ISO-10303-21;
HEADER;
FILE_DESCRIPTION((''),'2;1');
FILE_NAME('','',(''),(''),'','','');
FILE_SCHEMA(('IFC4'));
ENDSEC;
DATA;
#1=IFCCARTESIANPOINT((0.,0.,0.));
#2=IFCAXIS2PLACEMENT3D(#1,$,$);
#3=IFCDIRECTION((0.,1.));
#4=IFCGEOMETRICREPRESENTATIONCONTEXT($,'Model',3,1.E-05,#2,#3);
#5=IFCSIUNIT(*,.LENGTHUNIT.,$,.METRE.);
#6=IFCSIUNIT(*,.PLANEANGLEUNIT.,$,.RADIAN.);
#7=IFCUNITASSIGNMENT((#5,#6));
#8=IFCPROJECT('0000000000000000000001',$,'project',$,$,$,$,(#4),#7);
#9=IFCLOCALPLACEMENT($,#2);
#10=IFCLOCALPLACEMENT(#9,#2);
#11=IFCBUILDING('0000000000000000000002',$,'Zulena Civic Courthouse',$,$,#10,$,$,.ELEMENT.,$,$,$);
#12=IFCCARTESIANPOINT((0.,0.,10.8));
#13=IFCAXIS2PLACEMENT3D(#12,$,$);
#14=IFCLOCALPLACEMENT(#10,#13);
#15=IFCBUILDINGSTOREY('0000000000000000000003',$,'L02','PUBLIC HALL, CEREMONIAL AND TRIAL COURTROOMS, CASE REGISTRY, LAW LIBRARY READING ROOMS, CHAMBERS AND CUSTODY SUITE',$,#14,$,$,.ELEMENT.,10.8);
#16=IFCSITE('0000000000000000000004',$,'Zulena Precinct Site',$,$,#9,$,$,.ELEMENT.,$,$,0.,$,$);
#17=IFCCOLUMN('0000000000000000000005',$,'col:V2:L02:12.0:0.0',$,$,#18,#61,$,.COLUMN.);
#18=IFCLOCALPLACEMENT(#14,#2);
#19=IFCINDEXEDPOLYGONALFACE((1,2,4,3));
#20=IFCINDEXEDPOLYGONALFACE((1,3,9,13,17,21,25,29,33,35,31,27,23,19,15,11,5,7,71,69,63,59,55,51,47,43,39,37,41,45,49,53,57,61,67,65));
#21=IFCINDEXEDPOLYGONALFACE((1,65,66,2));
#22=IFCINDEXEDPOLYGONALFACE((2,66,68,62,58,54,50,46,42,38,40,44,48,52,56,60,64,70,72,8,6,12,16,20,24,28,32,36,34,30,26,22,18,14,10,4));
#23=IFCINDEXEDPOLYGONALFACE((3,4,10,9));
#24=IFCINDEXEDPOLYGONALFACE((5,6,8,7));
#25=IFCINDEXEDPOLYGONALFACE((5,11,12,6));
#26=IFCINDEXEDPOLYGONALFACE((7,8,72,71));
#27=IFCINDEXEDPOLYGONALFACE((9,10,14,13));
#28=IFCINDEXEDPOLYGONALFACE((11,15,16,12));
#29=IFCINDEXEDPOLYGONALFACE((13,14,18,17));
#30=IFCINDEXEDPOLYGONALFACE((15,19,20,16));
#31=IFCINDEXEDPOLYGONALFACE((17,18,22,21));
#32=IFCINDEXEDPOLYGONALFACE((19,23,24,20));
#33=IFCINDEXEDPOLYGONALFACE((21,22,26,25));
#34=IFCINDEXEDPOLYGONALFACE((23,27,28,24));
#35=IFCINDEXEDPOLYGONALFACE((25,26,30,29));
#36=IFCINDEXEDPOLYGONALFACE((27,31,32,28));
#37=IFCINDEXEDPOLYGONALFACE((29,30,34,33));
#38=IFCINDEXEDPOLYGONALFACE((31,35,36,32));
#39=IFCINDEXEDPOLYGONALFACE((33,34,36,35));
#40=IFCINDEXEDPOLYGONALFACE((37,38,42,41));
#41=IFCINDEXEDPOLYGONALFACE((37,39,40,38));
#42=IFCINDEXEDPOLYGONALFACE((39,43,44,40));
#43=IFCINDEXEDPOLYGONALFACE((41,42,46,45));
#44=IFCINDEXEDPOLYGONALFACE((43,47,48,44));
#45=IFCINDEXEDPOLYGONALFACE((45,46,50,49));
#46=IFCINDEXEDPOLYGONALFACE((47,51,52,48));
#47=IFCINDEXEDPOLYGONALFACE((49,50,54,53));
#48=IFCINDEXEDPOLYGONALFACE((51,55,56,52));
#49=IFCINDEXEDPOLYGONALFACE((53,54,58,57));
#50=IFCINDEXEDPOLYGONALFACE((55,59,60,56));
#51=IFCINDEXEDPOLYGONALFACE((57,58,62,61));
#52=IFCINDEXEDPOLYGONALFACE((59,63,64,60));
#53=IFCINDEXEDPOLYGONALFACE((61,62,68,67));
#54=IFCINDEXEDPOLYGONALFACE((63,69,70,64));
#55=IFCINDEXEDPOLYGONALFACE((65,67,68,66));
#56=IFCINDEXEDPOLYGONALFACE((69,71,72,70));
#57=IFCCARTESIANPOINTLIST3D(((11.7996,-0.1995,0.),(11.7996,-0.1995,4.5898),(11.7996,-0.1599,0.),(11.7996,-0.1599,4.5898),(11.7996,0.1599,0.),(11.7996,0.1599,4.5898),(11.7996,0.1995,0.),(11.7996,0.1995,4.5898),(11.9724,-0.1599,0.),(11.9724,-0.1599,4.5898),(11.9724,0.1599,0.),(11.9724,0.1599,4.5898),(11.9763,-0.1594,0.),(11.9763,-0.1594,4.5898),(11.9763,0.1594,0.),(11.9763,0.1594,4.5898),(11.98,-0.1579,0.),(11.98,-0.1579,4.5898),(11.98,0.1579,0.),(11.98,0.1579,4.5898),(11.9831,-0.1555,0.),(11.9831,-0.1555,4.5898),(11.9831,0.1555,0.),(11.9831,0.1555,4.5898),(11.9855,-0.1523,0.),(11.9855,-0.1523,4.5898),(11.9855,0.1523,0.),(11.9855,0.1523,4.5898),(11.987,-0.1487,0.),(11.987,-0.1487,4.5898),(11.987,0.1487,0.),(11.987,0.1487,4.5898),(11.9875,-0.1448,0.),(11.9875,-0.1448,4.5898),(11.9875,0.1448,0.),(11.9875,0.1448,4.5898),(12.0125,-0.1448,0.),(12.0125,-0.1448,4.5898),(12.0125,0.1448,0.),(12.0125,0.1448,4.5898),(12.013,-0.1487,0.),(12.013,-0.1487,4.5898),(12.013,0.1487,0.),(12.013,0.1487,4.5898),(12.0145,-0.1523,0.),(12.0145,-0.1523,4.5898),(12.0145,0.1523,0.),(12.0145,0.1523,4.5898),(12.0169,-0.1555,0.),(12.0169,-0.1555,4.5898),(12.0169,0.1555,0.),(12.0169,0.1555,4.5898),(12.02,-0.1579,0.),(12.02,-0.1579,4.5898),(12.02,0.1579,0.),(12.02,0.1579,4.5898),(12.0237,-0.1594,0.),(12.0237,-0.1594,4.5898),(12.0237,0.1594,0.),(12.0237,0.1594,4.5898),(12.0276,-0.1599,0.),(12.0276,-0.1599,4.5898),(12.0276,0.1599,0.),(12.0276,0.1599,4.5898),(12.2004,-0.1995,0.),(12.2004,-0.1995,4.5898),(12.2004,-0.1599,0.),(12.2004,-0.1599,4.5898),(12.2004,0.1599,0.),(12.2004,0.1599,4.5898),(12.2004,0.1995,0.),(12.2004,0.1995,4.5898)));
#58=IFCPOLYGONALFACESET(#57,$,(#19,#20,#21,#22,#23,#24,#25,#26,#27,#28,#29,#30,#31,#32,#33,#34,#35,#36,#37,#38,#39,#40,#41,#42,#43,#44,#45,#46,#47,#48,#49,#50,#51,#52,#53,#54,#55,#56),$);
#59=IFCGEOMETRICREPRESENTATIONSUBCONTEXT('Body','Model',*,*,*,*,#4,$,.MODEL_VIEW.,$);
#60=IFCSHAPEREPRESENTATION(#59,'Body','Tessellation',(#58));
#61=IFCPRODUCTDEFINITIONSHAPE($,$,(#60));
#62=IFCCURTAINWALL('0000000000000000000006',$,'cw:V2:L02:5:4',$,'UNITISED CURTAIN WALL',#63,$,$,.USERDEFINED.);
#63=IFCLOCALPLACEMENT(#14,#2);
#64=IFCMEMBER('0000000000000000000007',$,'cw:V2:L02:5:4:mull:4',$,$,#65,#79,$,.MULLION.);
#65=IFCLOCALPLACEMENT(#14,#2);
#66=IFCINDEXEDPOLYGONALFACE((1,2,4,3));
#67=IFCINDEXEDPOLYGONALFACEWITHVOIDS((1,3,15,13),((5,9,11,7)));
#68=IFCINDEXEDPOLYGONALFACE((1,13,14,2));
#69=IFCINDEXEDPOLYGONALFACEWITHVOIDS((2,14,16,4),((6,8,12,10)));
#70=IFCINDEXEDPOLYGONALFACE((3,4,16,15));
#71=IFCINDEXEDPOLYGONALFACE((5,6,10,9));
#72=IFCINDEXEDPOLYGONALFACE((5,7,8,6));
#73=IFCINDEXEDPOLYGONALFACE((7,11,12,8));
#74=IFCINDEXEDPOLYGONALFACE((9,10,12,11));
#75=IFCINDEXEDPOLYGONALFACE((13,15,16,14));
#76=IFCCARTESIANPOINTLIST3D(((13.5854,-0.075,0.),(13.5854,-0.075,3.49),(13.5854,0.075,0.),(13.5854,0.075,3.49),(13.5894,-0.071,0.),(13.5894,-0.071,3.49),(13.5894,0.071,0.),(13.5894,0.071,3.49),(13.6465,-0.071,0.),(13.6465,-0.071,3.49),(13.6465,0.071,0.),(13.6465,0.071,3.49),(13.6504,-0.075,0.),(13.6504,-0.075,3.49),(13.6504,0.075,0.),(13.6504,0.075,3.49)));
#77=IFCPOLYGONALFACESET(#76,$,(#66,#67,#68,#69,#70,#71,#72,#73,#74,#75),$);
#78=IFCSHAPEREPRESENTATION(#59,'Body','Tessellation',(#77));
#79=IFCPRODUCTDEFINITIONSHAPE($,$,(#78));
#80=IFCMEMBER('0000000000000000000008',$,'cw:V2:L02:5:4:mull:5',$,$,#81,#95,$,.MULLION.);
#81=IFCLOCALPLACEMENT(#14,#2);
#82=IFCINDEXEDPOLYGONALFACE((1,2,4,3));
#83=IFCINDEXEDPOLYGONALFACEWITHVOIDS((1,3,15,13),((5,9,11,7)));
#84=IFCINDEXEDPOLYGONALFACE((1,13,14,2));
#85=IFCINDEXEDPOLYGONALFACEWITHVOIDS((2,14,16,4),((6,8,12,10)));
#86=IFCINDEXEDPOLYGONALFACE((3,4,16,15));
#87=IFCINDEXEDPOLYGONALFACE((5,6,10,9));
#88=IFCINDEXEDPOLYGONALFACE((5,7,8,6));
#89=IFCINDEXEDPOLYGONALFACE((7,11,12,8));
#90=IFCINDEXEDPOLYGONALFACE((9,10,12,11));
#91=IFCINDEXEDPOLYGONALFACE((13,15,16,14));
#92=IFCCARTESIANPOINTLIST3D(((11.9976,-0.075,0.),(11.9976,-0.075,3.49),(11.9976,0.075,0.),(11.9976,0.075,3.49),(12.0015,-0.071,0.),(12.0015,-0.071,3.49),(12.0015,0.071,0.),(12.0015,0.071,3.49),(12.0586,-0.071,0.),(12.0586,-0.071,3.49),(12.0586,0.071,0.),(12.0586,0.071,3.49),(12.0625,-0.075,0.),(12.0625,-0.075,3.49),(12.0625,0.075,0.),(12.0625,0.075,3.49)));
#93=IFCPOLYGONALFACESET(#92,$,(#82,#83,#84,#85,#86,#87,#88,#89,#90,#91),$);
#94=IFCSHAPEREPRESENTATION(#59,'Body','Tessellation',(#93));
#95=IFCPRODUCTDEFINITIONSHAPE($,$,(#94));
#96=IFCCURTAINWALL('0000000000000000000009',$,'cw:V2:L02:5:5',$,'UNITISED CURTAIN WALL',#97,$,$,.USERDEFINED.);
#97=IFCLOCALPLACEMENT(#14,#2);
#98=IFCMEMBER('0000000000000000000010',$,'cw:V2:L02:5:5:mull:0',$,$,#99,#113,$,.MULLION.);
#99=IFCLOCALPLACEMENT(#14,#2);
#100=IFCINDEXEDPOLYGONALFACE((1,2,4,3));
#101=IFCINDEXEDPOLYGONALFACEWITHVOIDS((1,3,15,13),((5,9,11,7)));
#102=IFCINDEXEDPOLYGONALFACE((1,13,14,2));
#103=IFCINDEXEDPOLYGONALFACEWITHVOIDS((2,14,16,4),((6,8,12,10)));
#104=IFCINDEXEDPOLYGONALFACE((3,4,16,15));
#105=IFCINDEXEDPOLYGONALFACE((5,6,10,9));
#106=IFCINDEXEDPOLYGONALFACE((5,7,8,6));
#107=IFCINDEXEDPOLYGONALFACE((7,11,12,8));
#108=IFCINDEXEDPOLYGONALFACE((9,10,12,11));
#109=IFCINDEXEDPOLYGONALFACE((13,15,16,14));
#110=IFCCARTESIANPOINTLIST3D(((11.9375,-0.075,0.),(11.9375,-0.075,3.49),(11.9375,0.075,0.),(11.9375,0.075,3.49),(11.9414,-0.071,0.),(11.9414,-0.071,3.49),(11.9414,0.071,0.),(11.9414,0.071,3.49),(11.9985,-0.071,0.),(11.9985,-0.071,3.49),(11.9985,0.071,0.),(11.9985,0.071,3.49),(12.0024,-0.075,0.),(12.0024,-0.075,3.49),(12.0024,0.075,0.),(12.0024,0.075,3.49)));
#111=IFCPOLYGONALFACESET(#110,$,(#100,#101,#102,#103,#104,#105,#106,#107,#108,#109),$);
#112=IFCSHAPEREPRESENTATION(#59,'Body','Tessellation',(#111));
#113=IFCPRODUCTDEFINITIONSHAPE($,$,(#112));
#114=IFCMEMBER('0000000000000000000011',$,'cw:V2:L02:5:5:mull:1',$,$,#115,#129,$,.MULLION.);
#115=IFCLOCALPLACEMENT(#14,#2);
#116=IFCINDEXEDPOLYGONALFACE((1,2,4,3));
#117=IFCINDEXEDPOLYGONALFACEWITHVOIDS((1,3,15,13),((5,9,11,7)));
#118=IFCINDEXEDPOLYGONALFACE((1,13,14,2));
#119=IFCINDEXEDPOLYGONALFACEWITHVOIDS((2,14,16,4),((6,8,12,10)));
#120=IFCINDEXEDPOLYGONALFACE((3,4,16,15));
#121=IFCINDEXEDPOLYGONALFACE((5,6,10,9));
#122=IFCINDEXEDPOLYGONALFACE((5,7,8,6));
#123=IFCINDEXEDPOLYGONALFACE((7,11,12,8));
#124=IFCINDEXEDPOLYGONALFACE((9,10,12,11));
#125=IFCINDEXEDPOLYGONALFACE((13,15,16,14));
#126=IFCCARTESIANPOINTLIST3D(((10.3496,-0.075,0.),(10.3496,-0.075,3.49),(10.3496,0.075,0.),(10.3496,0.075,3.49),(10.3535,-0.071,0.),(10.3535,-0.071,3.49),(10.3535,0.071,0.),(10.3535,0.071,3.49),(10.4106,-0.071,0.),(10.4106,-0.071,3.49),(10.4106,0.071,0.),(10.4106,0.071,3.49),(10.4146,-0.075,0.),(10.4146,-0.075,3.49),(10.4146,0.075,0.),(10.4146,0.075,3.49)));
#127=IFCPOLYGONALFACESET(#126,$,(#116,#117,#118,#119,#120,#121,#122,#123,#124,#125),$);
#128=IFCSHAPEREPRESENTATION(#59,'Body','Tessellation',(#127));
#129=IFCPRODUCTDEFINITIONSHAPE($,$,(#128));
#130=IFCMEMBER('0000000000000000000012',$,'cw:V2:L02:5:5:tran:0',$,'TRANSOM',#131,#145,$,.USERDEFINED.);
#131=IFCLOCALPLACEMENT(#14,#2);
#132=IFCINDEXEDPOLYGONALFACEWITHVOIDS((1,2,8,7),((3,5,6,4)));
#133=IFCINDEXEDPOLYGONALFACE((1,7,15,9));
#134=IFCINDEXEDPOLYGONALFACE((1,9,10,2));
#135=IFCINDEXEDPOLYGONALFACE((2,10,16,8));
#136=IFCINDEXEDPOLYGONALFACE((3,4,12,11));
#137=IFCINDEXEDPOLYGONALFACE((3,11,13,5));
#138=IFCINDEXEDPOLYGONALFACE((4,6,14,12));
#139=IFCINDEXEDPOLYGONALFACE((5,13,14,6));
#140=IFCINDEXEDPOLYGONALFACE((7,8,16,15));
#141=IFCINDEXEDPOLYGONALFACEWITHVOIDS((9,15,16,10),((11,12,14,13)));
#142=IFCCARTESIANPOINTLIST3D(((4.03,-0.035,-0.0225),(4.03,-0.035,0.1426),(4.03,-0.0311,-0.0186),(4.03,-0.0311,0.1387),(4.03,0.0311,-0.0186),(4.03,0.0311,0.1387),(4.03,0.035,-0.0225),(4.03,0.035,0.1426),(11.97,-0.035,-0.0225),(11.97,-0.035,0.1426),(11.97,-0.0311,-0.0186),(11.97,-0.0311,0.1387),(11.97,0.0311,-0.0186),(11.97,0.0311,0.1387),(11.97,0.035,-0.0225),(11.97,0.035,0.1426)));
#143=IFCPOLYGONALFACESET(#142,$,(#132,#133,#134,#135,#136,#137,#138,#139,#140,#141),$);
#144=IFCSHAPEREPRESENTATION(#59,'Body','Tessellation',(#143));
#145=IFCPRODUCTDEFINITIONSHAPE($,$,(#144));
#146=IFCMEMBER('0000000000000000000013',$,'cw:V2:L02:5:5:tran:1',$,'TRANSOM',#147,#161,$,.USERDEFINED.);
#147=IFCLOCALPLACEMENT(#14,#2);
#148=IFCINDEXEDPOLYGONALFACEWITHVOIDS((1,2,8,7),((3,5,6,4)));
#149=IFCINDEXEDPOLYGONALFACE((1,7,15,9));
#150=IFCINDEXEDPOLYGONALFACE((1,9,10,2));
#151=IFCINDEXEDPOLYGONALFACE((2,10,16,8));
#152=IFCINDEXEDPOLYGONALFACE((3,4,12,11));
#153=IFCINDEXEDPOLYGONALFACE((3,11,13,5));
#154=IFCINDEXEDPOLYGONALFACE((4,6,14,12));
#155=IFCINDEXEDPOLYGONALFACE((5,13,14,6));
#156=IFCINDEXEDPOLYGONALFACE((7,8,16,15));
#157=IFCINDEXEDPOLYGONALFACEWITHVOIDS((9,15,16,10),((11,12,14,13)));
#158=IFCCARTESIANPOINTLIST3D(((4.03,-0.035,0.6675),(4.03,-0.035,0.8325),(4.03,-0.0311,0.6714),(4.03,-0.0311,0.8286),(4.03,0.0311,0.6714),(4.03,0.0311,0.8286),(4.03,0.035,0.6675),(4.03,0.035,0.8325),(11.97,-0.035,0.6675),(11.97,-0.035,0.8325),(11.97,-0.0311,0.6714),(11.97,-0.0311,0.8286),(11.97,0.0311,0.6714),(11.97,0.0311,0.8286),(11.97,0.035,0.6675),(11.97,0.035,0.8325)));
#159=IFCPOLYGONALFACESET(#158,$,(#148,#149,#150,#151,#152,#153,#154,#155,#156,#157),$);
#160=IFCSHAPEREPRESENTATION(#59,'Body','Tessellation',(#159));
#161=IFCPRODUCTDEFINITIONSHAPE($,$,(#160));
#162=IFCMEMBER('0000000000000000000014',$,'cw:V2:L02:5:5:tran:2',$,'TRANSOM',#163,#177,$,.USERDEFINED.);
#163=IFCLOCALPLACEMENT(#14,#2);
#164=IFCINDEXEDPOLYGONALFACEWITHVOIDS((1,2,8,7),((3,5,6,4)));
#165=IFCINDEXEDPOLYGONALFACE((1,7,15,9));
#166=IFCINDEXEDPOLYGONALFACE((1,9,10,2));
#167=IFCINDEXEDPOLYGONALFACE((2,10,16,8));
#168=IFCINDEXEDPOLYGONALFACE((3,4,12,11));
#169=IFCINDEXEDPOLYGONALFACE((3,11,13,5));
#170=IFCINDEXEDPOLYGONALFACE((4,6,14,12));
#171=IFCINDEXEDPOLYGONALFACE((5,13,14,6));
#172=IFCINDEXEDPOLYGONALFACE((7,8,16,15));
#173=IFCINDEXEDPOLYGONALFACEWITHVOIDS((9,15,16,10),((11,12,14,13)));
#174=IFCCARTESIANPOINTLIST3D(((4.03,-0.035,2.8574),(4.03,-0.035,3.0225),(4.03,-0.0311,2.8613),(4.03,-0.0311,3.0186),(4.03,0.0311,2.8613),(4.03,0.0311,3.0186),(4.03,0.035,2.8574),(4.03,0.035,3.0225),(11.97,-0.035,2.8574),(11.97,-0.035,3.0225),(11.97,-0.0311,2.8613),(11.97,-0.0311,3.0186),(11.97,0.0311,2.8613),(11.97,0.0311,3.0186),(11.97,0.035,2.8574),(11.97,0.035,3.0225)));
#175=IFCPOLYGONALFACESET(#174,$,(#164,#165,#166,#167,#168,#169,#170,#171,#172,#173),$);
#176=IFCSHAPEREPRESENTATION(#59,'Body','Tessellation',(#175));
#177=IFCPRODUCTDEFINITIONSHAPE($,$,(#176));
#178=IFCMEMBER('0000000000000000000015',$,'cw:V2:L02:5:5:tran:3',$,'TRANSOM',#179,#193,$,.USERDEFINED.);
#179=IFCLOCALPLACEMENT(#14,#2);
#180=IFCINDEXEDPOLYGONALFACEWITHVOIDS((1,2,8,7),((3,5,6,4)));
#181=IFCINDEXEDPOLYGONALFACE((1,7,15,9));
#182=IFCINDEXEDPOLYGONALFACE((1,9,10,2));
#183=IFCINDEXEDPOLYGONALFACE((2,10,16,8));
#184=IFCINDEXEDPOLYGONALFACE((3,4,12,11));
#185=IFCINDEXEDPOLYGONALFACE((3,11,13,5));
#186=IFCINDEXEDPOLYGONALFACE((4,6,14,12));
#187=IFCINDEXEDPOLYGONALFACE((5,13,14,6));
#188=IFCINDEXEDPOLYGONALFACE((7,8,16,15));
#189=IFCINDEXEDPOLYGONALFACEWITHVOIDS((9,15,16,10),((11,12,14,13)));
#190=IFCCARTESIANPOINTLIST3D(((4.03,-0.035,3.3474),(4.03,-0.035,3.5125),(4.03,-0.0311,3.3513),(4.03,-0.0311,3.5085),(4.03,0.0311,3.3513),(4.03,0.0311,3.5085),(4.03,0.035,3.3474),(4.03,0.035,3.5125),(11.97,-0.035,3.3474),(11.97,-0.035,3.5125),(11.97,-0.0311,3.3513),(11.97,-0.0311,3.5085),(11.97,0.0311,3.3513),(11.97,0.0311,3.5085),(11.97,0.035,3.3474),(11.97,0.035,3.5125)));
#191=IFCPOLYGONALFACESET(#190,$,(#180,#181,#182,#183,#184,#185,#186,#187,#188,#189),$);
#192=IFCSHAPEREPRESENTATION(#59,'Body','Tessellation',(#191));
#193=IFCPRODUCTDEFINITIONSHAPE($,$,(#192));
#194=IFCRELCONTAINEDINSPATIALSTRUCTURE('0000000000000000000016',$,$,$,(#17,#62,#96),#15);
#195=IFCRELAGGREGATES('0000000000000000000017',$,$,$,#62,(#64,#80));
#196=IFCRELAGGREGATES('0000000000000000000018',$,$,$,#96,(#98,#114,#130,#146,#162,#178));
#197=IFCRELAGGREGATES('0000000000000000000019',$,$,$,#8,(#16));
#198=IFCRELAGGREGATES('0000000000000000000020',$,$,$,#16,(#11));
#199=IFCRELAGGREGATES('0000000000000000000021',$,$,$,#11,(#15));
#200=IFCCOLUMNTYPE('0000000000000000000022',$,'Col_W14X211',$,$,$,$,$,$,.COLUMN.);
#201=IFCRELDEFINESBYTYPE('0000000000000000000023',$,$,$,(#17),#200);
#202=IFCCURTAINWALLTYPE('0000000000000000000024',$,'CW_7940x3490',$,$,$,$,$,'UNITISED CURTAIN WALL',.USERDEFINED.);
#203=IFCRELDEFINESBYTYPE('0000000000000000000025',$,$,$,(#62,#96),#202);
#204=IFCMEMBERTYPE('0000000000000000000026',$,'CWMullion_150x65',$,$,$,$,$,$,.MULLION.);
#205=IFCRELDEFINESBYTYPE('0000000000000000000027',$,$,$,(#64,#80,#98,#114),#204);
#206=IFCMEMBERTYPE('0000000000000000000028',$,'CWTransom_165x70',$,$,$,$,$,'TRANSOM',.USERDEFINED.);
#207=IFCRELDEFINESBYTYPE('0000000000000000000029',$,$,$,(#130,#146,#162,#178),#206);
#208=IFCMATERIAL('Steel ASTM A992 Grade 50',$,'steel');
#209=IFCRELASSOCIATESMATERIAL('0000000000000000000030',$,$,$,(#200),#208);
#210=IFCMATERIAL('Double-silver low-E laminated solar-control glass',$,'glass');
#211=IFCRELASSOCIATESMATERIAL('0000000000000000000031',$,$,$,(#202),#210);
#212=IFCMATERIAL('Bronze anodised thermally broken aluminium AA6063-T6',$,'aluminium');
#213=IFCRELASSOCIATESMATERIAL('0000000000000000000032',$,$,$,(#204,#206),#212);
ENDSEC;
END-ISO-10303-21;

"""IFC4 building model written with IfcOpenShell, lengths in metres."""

from ifc_helpers import new_model, si_unit, direction, frame, origin, origin_2d, place, context, subcontext, project, spatial, hollow_rectangle, i_section, extrude, material, material_profile, profile_set, type_object, element, aggregate, save


model = new_model("IFC4")

# Units and contexts
model_context = context("Model", 3, precision=1e-05, world=origin(), true_north=direction((0.0, 1.0)))
body_context = subcontext(model_context, "Body", "Model", "MODEL_VIEW")
ifc_project = project(units=[si_unit("LENGTHUNIT", "METRE"), si_unit("PLANEANGLEUNIT", "RADIAN")], contexts=[model_context])

# Site, building, storey
site_placement = place(None, origin())
site = spatial("IfcSite", under=ifc_project, at=site_placement, Name="Zulena Precinct Site", CompositionType="ELEMENT", RefElevation=0.0)
building_placement = place(site_placement, origin())
building = spatial("IfcBuilding", under=site, at=building_placement, Name="Zulena Civic Courthouse", CompositionType="ELEMENT")
storey_placement = place(building_placement, frame((0.0, 0.0, 10.8)))
storey = spatial("IfcBuildingStorey", under=building, at=storey_placement, Name="L02", Description="PUBLIC HALL, CEREMONIAL AND TRIAL COURTROOMS, CASE REGISTRY, LAW LIBRARY READING ROOMS, CHAMBERS AND CUSTODY SUITE", CompositionType="ELEMENT", Elevation=10.8)

# Column
ifc_material_1 = material(Name="Steel ASTM A992 Grade 50", Category="steel")
ifc_material_profile_1 = material_profile(ifc_material_1, i_section(OverallWidth=0.4009, OverallDepth=0.3989, WebThickness=0.0249, FlangeThickness=0.0396, FilletRadius=0.0151, at=origin_2d()), Name="W14X211")
ifc_profile_set_1 = profile_set([ifc_material_profile_1], Name="Steel ASTM A992 Grade 50")
column_type_1 = type_object("IfcColumnType", Name="Col_W14X211", PredefinedType="COLUMN", material=ifc_profile_set_1)
for number, where, z_axis, x_axis, name in (
    (1, (12.0, 0.0, 0.0), (0.0, 0.0, 1.0), (1.0, 0.0, 0.0), "col:V2:L02:12.0:0.0"),
):
    element("IfcColumn", number, at=place(storey_placement, frame(where, z_axis=z_axis, x_axis=x_axis)), inside=storey, type_object=column_type_1, Name=name, PredefinedType="COLUMN", context=body_context, shape_type="SweptSolid", body=[
        extrude(i_section(OverallWidth=0.4009, OverallDepth=0.3989, WebThickness=0.0249, FlangeThickness=0.0396, FilletRadius=0.0151, at=origin_2d()), origin(), (0.0, 0.0, 1.0), 4.5898),
    ])

# Curtain walls, members
ifc_material_2 = material(Name="Double-silver low-E laminated solar-control glass", Category="glass")
curtain_wall_type = type_object("IfcCurtainWallType", Name="CW_7940x3490", ElementType="UNITISED CURTAIN WALL", PredefinedType="USERDEFINED", material=ifc_material_2)
curtain_wall_1_placement = place(storey_placement, origin())
curtain_wall_1 = element("IfcCurtainWall", 2, at=curtain_wall_1_placement, inside=storey, type_object=curtain_wall_type, Name="cw:V2:L02:5:4", ObjectType="UNITISED CURTAIN WALL", PredefinedType="USERDEFINED")
ifc_material_3 = material(Name="Bronze anodised thermally broken aluminium AA6063-T6", Category="aluminium")
ifc_material_profile_2 = material_profile(ifc_material_3, hollow_rectangle(XDim=0.0649, YDim=0.1499, WallThickness=0.0039, at=origin_2d()), Name="CWM150X65X4")
ifc_profile_set_2 = profile_set([ifc_material_profile_2], Name="Bronze anodised thermally broken aluminium AA6063-T6")
member_type_1 = type_object("IfcMemberType", Name="CWMullion_150x65", PredefinedType="MULLION", material=ifc_profile_set_2)
member_1_placement = place(storey_placement, frame((13.6179, 0.0, 0.0), z_axis=(0.0, 0.0, 1.0), x_axis=(1.0, 0.0, 0.0)))
member_1 = element("IfcMember", 3, at=member_1_placement, type_object=member_type_1, Name="cw:V2:L02:5:4:mull:4", PredefinedType="MULLION", context=body_context, shape_type="SweptSolid", body=[
    extrude(hollow_rectangle(XDim=0.0649, YDim=0.1499, WallThickness=0.0039, at=origin_2d()), origin(), (0.0, 0.0, 1.0), 3.49),
])
member_2_placement = place(storey_placement, frame((12.03, 0.0, 0.0), z_axis=(0.0, 0.0, 1.0), x_axis=(1.0, 0.0, 0.0)))
member_2 = element("IfcMember", 4, at=member_2_placement, type_object=member_type_1, Name="cw:V2:L02:5:4:mull:5", PredefinedType="MULLION", context=body_context, shape_type="SweptSolid", body=[
    extrude(hollow_rectangle(XDim=0.0649, YDim=0.1499, WallThickness=0.0039, at=origin_2d()), origin(), (0.0, 0.0, 1.0), 3.49),
])
curtain_wall_2_placement = place(storey_placement, origin())
curtain_wall_2 = element("IfcCurtainWall", 5, at=curtain_wall_2_placement, inside=storey, type_object=curtain_wall_type, Name="cw:V2:L02:5:5", ObjectType="UNITISED CURTAIN WALL", PredefinedType="USERDEFINED")
member_3_placement = place(storey_placement, frame((11.97, 0.0, 0.0), z_axis=(0.0, 0.0, 1.0), x_axis=(1.0, 0.0, 0.0)))
member_3 = element("IfcMember", 6, at=member_3_placement, type_object=member_type_1, Name="cw:V2:L02:5:5:mull:0", PredefinedType="MULLION", context=body_context, shape_type="SweptSolid", body=[
    extrude(hollow_rectangle(XDim=0.0649, YDim=0.1499, WallThickness=0.0039, at=origin_2d()), origin(), (0.0, 0.0, 1.0), 3.49),
])
member_4_placement = place(storey_placement, frame((10.3821, 0.0, 0.0), z_axis=(0.0, 0.0, 1.0), x_axis=(1.0, 0.0, 0.0)))
member_4 = element("IfcMember", 7, at=member_4_placement, type_object=member_type_1, Name="cw:V2:L02:5:5:mull:1", PredefinedType="MULLION", context=body_context, shape_type="SweptSolid", body=[
    extrude(hollow_rectangle(XDim=0.0649, YDim=0.1499, WallThickness=0.0039, at=origin_2d()), origin(), (0.0, 0.0, 1.0), 3.49),
])
ifc_material_profile_3 = material_profile(ifc_material_3, hollow_rectangle(XDim=0.0701, YDim=0.165, WallThickness=0.0039, at=origin_2d()), Name="CWT165X70X4")
ifc_profile_set_3 = profile_set([ifc_material_profile_3], Name="Bronze anodised thermally broken aluminium AA6063-T6")
member_type_2 = type_object("IfcMemberType", Name="CWTransom_165x70", ElementType="TRANSOM", PredefinedType="USERDEFINED", material=ifc_profile_set_3)
member_5_placement = place(storey_placement, frame((11.97, 0.0, 0.0601), z_axis=(-1.0, 0.0, 0.0), x_axis=(0.0, -1.0, 0.0)))
member_5 = element("IfcMember", 8, at=member_5_placement, type_object=member_type_2, Name="cw:V2:L02:5:5:tran:0", ObjectType="TRANSOM", PredefinedType="USERDEFINED", context=body_context, shape_type="SweptSolid", body=[
    extrude(hollow_rectangle(XDim=0.0701, YDim=0.165, WallThickness=0.0039, at=origin_2d()), origin(), (0.0, 0.0, 1.0), 7.9399),
])
member_6_placement = place(storey_placement, frame((11.97, 0.0, 0.75), z_axis=(-1.0, 0.0, 0.0), x_axis=(0.0, -1.0, 0.0)))
member_6 = element("IfcMember", 9, at=member_6_placement, type_object=member_type_2, Name="cw:V2:L02:5:5:tran:1", ObjectType="TRANSOM", PredefinedType="USERDEFINED", context=body_context, shape_type="SweptSolid", body=[
    extrude(hollow_rectangle(XDim=0.0701, YDim=0.165, WallThickness=0.0039, at=origin_2d()), origin(), (0.0, 0.0, 1.0), 7.9399),
])
member_7_placement = place(storey_placement, frame((11.97, 0.0, 2.9399), z_axis=(-1.0, 0.0, 0.0), x_axis=(0.0, -1.0, 0.0)))
member_7 = element("IfcMember", 10, at=member_7_placement, type_object=member_type_2, Name="cw:V2:L02:5:5:tran:2", ObjectType="TRANSOM", PredefinedType="USERDEFINED", context=body_context, shape_type="SweptSolid", body=[
    extrude(hollow_rectangle(XDim=0.0701, YDim=0.165, WallThickness=0.0039, at=origin_2d()), origin(), (0.0, 0.0, 1.0), 7.9399),
])
member_8_placement = place(storey_placement, frame((11.97, 0.0, 3.4299), z_axis=(-1.0, 0.0, 0.0), x_axis=(0.0, -1.0, 0.0)))
member_8 = element("IfcMember", 11, at=member_8_placement, type_object=member_type_2, Name="cw:V2:L02:5:5:tran:3", ObjectType="TRANSOM", PredefinedType="USERDEFINED", context=body_context, shape_type="SweptSolid", body=[
    extrude(hollow_rectangle(XDim=0.0701, YDim=0.165, WallThickness=0.0039, at=origin_2d()), origin(), (0.0, 0.0, 1.0), 7.9399),
])

aggregate(curtain_wall_1, [member_1, member_2])
aggregate(curtain_wall_2, [member_3, member_4, member_5, member_6, member_7, member_8])

save(model, "model.ifc")
